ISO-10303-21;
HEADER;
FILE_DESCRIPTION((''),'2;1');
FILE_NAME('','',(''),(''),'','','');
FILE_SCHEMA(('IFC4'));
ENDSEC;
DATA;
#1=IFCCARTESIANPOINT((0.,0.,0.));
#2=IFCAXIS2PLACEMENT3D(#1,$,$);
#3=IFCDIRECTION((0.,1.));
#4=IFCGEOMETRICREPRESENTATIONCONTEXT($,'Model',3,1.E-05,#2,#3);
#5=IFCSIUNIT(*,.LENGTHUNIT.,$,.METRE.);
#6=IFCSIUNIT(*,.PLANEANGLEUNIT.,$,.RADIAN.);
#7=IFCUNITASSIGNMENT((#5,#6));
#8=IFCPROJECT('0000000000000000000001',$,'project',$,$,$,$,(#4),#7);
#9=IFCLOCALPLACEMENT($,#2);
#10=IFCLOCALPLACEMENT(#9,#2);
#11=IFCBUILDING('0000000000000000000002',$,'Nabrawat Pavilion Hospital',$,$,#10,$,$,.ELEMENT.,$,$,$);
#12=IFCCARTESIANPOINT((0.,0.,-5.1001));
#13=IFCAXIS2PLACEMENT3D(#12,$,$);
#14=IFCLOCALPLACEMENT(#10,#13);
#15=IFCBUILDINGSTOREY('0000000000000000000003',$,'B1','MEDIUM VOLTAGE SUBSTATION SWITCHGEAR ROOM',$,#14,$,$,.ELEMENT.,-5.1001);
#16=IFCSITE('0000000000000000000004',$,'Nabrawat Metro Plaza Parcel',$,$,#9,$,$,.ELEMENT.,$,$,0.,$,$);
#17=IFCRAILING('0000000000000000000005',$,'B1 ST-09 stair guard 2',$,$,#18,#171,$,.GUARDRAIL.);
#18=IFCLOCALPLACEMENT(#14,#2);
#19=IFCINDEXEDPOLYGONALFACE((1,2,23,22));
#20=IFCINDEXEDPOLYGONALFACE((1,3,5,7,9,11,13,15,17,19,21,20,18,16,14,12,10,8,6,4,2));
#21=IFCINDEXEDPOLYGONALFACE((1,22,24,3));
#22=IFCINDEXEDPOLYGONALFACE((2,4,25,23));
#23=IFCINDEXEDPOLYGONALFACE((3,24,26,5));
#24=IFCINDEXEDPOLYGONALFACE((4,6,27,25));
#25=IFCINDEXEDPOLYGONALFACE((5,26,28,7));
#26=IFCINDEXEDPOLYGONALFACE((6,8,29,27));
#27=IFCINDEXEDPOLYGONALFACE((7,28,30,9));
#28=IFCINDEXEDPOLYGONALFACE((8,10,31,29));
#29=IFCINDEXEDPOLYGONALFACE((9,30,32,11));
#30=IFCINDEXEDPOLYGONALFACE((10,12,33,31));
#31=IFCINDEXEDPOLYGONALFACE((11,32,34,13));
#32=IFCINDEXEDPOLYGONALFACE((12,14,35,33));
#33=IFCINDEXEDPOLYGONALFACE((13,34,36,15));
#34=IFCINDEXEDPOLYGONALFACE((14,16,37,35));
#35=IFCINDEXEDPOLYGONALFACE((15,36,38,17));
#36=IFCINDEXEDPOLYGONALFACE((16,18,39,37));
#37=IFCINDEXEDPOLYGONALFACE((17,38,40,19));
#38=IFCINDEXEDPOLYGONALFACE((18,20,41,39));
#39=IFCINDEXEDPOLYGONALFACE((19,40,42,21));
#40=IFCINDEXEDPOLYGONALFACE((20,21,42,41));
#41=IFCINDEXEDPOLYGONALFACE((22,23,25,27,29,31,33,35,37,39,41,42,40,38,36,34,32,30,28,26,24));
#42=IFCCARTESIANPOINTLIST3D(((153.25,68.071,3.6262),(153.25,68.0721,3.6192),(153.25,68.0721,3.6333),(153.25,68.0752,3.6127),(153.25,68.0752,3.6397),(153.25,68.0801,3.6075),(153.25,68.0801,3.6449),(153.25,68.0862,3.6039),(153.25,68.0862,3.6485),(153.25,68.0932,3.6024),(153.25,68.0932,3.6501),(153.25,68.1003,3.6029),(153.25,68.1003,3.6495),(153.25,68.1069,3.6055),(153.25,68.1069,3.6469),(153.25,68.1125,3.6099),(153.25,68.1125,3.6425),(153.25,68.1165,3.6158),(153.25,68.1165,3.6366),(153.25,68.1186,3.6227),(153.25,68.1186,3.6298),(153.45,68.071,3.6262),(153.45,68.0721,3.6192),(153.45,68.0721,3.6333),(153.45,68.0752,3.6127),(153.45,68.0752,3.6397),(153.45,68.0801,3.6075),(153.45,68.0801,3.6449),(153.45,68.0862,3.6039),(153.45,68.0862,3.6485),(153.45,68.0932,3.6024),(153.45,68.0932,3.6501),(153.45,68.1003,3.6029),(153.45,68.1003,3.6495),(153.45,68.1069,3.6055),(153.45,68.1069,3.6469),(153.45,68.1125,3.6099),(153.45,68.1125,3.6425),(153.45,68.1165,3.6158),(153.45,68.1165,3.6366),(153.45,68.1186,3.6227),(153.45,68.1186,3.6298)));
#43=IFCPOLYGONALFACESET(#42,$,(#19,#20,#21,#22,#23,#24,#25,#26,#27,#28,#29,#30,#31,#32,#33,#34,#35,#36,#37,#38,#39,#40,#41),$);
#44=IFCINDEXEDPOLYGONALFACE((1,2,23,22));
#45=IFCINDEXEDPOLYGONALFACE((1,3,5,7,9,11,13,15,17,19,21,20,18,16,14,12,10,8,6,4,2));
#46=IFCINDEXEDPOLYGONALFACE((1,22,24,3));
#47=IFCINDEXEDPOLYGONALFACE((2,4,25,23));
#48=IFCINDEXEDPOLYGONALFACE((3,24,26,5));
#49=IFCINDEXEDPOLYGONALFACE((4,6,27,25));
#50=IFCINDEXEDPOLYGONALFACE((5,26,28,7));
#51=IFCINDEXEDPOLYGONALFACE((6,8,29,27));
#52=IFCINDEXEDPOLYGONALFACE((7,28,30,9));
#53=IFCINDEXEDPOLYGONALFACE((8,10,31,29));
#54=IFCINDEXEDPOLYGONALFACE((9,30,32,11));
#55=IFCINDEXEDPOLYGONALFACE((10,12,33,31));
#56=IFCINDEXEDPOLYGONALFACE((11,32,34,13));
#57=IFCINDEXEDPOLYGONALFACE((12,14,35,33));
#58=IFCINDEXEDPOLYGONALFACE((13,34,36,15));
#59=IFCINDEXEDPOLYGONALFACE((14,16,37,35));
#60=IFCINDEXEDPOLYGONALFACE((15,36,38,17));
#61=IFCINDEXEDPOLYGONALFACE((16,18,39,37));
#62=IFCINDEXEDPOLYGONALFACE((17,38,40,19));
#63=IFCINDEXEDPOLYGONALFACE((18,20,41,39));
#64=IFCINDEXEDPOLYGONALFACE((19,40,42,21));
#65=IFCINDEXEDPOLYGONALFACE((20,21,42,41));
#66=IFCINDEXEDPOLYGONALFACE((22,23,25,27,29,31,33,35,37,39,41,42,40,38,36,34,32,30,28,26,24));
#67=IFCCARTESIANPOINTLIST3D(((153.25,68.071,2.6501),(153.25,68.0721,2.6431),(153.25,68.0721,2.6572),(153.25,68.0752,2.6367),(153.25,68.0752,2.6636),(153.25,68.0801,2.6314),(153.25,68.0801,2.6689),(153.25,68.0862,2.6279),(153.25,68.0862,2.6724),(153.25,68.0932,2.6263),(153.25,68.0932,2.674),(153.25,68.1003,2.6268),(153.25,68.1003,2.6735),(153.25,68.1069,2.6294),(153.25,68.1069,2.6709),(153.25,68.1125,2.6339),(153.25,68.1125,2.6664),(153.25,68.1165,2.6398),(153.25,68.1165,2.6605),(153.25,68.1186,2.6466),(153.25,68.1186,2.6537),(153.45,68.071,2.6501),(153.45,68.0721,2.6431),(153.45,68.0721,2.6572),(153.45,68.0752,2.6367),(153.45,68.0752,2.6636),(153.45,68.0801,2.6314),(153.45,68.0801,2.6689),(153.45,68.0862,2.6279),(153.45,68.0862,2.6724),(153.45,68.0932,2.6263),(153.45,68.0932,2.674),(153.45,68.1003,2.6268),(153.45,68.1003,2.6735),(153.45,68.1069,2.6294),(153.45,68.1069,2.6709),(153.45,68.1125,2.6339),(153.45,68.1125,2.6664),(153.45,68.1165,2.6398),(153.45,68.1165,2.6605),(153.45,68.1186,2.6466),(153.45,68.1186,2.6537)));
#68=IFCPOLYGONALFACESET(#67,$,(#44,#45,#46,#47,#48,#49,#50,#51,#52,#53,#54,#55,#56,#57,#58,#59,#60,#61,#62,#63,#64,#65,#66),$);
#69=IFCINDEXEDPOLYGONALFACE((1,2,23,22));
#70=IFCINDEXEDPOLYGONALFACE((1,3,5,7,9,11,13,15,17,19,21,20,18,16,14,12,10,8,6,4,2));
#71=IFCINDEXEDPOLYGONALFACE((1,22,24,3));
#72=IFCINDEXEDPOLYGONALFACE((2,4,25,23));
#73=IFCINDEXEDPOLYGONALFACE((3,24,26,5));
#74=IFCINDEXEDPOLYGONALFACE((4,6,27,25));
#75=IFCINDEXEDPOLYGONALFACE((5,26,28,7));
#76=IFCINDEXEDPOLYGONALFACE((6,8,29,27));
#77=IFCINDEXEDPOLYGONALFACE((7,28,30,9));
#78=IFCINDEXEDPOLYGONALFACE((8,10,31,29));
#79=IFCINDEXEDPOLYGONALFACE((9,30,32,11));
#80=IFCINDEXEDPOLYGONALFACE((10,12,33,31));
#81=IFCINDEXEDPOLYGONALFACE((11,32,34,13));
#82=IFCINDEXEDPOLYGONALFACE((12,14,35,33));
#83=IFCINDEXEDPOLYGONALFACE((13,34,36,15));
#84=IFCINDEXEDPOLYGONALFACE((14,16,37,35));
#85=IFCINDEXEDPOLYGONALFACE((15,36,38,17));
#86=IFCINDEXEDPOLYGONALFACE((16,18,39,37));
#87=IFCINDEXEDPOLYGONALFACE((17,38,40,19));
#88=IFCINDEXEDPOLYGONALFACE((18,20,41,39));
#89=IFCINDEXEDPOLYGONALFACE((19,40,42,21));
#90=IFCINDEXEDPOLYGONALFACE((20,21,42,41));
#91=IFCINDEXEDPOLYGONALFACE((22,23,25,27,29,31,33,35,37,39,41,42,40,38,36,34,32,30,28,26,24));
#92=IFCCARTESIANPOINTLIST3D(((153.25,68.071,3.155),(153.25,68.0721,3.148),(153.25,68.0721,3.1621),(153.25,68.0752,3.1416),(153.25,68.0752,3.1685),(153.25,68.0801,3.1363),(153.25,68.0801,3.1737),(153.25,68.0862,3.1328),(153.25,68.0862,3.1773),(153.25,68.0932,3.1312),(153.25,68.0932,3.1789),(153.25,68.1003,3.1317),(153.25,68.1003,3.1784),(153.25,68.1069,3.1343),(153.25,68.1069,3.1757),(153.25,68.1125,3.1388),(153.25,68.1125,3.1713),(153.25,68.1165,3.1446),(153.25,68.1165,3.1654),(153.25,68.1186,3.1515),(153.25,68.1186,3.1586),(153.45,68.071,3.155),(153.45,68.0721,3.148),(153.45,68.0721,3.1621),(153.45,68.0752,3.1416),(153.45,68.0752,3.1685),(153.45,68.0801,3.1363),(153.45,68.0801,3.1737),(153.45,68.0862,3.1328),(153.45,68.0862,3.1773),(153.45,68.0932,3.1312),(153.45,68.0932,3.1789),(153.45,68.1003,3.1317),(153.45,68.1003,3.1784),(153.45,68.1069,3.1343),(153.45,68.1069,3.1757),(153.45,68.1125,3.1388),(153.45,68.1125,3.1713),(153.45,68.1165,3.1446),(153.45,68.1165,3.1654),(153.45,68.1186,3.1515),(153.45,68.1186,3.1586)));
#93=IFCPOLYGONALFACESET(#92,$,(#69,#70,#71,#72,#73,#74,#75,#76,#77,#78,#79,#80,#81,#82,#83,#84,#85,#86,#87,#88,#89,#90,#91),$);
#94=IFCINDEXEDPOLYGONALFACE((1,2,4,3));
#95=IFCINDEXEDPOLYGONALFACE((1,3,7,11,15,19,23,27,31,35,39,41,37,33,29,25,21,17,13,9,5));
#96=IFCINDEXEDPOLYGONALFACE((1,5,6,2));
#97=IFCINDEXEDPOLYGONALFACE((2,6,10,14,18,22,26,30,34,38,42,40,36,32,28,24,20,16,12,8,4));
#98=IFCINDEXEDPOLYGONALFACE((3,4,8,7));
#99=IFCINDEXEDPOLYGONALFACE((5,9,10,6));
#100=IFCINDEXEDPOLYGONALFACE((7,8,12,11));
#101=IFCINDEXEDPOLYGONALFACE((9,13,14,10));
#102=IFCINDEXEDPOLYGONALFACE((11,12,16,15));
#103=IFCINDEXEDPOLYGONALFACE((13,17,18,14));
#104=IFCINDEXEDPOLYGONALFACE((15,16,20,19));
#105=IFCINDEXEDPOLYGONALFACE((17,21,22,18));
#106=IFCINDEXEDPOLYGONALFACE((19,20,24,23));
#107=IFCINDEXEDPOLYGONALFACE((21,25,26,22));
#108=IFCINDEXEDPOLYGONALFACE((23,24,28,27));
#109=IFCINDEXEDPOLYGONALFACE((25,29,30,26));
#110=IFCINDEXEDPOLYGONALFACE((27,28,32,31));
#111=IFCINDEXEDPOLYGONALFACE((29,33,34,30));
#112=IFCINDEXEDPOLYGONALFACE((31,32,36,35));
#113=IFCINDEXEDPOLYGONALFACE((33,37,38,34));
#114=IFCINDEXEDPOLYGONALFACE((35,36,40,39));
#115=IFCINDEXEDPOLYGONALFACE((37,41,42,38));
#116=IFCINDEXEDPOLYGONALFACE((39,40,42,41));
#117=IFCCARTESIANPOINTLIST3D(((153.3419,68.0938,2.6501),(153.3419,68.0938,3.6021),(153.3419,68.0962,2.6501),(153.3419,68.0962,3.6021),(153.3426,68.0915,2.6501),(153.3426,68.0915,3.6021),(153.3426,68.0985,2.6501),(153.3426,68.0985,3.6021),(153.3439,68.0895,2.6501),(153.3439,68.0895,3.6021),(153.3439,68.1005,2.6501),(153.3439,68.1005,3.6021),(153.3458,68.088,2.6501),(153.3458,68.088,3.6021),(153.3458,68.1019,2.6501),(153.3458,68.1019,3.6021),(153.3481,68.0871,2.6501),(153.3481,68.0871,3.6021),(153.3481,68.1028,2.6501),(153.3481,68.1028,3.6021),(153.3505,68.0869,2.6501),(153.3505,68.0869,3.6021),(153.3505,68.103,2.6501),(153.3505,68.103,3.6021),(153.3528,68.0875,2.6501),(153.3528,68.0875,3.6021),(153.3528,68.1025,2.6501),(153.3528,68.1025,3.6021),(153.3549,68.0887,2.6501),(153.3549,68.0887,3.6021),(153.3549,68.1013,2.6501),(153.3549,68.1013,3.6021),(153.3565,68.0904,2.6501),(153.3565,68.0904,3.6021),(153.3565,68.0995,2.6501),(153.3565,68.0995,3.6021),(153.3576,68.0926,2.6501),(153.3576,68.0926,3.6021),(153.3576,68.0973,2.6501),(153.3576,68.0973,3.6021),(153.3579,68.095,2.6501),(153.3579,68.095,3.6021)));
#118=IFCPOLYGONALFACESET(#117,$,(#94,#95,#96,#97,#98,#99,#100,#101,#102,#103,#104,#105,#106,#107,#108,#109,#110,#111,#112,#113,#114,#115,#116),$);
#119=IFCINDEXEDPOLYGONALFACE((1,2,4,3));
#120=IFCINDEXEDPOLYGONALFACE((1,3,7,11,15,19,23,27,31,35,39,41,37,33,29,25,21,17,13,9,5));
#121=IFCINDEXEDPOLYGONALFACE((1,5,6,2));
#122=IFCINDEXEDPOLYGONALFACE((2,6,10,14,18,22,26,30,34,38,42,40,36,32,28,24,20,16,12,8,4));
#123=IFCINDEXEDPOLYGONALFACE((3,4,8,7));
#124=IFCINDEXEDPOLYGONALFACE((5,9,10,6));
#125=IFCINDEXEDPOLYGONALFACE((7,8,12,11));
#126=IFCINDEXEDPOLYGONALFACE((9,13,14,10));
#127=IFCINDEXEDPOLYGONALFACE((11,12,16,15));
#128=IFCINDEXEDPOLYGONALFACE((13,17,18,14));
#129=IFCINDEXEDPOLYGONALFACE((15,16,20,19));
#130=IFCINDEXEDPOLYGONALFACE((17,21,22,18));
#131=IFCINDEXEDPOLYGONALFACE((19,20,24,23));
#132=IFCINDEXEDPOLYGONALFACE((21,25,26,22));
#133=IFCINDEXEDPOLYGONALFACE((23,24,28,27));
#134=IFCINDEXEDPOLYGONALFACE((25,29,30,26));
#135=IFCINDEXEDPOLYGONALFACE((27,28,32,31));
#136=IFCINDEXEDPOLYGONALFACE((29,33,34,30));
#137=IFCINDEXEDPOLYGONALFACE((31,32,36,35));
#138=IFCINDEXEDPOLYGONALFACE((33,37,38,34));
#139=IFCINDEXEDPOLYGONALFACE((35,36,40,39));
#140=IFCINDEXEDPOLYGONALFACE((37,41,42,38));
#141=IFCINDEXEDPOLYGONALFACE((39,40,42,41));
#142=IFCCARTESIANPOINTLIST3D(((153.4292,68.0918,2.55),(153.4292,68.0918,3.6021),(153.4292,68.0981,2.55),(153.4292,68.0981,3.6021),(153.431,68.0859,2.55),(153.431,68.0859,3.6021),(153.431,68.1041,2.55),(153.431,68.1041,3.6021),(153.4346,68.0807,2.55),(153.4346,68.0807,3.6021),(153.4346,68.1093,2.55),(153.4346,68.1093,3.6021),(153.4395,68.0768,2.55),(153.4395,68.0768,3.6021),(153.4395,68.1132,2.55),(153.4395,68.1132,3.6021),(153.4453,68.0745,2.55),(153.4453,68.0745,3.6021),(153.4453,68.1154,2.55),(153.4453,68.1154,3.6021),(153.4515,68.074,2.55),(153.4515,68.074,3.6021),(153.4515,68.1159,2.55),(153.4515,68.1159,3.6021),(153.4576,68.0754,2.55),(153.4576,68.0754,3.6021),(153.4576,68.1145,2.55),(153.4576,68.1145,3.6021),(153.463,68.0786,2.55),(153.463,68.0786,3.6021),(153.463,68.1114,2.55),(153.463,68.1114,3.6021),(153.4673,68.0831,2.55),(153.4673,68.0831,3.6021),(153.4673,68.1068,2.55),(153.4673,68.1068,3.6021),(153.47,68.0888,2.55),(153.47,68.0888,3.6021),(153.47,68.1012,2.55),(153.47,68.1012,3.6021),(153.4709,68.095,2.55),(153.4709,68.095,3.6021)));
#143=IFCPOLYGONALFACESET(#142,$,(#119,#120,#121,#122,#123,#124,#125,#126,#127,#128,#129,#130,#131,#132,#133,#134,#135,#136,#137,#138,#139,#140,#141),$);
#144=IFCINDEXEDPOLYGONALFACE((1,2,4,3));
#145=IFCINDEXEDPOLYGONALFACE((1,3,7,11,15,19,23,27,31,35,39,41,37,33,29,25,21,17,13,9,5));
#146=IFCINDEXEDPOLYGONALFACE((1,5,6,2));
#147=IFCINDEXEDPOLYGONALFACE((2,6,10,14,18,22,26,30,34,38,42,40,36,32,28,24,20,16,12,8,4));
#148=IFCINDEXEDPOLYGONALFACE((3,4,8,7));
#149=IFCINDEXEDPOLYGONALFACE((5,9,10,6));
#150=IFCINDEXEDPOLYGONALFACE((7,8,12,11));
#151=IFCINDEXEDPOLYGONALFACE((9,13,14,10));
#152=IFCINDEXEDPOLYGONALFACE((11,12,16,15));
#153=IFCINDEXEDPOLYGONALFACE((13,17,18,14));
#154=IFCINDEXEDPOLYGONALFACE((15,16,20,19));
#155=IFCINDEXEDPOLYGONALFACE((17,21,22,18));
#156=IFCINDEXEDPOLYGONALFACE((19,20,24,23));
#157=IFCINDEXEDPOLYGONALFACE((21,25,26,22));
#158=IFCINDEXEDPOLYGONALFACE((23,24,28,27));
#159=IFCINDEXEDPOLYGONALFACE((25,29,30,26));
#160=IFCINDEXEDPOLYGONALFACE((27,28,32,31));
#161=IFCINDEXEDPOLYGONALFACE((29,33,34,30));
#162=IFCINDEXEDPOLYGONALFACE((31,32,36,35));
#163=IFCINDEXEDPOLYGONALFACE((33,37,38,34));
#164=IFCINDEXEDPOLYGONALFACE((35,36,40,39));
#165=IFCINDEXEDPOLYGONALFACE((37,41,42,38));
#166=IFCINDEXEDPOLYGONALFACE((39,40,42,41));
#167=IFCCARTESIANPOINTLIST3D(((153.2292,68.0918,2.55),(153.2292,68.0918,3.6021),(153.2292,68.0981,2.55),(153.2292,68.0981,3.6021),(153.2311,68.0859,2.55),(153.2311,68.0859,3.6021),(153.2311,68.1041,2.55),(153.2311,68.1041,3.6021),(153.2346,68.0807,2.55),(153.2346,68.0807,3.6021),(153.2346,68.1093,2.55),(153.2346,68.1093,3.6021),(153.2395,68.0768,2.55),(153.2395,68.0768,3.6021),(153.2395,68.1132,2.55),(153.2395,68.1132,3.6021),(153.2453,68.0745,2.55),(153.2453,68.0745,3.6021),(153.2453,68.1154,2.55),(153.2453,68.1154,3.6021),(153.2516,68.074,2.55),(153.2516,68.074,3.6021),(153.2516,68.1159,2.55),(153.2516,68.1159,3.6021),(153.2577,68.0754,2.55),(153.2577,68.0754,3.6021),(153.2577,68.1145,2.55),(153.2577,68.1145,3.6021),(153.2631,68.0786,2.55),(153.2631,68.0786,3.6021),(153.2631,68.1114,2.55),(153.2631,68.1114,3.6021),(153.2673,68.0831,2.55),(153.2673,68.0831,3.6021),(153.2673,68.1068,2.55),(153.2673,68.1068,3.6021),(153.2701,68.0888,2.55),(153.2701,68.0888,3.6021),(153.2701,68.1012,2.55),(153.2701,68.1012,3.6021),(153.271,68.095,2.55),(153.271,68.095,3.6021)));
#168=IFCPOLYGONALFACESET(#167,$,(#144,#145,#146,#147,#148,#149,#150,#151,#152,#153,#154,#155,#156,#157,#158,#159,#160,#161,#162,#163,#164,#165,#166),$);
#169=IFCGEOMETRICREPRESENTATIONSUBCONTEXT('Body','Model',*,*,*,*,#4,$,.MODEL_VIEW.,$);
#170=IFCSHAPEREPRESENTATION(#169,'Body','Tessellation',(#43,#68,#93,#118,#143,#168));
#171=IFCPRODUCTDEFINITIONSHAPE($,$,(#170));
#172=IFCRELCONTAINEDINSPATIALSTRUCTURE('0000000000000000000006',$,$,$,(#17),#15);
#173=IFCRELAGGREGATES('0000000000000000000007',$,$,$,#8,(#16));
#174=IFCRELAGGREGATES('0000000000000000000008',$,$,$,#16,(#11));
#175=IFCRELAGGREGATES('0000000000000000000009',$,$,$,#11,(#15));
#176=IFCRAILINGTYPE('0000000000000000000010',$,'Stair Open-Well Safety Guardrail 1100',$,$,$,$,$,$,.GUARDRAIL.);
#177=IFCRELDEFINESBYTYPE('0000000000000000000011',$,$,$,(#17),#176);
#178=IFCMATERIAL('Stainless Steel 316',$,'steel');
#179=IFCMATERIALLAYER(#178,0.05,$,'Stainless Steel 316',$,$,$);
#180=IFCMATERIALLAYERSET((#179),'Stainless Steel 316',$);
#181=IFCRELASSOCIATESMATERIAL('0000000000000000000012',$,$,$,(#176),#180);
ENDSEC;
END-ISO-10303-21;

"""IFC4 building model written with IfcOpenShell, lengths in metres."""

from ifc_helpers import new_model, si_unit, direction, frame, origin, origin_2d, place, context, subcontext, project, spatial, circle, extrude, material, layer, layer_set, type_object, element, save


model = new_model("IFC4")

# Units and contexts
model_context = context("Model", 3, precision=1e-05, world=origin(), true_north=direction((0.0, 1.0)))
body_context = subcontext(model_context, "Body", "Model", "MODEL_VIEW")
ifc_project = project(units=[si_unit("LENGTHUNIT", "METRE"), si_unit("PLANEANGLEUNIT", "RADIAN")], contexts=[model_context])

# Site, building, storey
site_placement = place(None, origin())
site = spatial("IfcSite", under=ifc_project, at=site_placement, Name="Nabrawat Metro Plaza Parcel", CompositionType="ELEMENT", RefElevation=0.0)
building_placement = place(site_placement, origin())
building = spatial("IfcBuilding", under=site, at=building_placement, Name="Nabrawat Pavilion Hospital", CompositionType="ELEMENT")
storey_placement = place(building_placement, frame((0.0, 0.0, -5.1001)))
storey = spatial("IfcBuildingStorey", under=building, at=storey_placement, Name="B1", Description="MEDIUM VOLTAGE SUBSTATION SWITCHGEAR ROOM", CompositionType="ELEMENT", Elevation=-5.1001)

# Railing
ifc_material_1 = material(Name="Stainless Steel 316", Category="steel")
ifc_layer_1 = layer(ifc_material_1, 0.05, Name="Stainless Steel 316")
ifc_layer_set_1 = layer_set([ifc_layer_1], Name="Stainless Steel 316")
railing_type_1 = type_object("IfcRailingType", Name="Stair Open-Well Safety Guardrail 1100", PredefinedType="GUARDRAIL", material=ifc_layer_set_1)
railing_1_placement = place(storey_placement, frame((153.45, 68.095, 2.55)))
element("IfcRailing", 1, at=railing_1_placement, inside=storey, type_object=railing_type_1, Name="B1 ST-09 stair guard 2", PredefinedType="GUARDRAIL", context=body_context, shape_type="SweptSolid", body=[
    extrude(circle(Radius=0.0239, at=origin_2d()), frame((0.0, 0.0, 1.0762), z_axis=(-1.0, 0.0, 0.0), x_axis=(0.0, -1.0, 0.0)), (0.0, 0.0, 1.0), 0.2),
    extrude(circle(Radius=0.0239, at=origin_2d()), frame((0.0, 0.0, 0.1001), z_axis=(-1.0, 0.0, 0.0), x_axis=(0.0, -1.0, 0.0)), (0.0, 0.0, 1.0), 0.2),
    extrude(circle(Radius=0.0239, at=origin_2d()), frame((0.0, 0.0, 0.605), z_axis=(-1.0, 0.0, 0.0), x_axis=(0.0, -1.0, 0.0)), (0.0, 0.0, 1.0), 0.2),
    extrude(circle(Radius=0.0081, at=origin_2d()), frame((-0.1001, 0.0, 0.1001)), (0.0, 0.0, 1.0), 0.9519),
    extrude(circle(Radius=0.021, at=origin_2d()), origin(), (0.0, 0.0, 1.0), 1.052),
    extrude(circle(Radius=0.021, at=origin_2d()), frame((-0.2, 0.0, 0.0)), (0.0, 0.0, 1.0), 1.052),
])

save(model, "model.ifc")
